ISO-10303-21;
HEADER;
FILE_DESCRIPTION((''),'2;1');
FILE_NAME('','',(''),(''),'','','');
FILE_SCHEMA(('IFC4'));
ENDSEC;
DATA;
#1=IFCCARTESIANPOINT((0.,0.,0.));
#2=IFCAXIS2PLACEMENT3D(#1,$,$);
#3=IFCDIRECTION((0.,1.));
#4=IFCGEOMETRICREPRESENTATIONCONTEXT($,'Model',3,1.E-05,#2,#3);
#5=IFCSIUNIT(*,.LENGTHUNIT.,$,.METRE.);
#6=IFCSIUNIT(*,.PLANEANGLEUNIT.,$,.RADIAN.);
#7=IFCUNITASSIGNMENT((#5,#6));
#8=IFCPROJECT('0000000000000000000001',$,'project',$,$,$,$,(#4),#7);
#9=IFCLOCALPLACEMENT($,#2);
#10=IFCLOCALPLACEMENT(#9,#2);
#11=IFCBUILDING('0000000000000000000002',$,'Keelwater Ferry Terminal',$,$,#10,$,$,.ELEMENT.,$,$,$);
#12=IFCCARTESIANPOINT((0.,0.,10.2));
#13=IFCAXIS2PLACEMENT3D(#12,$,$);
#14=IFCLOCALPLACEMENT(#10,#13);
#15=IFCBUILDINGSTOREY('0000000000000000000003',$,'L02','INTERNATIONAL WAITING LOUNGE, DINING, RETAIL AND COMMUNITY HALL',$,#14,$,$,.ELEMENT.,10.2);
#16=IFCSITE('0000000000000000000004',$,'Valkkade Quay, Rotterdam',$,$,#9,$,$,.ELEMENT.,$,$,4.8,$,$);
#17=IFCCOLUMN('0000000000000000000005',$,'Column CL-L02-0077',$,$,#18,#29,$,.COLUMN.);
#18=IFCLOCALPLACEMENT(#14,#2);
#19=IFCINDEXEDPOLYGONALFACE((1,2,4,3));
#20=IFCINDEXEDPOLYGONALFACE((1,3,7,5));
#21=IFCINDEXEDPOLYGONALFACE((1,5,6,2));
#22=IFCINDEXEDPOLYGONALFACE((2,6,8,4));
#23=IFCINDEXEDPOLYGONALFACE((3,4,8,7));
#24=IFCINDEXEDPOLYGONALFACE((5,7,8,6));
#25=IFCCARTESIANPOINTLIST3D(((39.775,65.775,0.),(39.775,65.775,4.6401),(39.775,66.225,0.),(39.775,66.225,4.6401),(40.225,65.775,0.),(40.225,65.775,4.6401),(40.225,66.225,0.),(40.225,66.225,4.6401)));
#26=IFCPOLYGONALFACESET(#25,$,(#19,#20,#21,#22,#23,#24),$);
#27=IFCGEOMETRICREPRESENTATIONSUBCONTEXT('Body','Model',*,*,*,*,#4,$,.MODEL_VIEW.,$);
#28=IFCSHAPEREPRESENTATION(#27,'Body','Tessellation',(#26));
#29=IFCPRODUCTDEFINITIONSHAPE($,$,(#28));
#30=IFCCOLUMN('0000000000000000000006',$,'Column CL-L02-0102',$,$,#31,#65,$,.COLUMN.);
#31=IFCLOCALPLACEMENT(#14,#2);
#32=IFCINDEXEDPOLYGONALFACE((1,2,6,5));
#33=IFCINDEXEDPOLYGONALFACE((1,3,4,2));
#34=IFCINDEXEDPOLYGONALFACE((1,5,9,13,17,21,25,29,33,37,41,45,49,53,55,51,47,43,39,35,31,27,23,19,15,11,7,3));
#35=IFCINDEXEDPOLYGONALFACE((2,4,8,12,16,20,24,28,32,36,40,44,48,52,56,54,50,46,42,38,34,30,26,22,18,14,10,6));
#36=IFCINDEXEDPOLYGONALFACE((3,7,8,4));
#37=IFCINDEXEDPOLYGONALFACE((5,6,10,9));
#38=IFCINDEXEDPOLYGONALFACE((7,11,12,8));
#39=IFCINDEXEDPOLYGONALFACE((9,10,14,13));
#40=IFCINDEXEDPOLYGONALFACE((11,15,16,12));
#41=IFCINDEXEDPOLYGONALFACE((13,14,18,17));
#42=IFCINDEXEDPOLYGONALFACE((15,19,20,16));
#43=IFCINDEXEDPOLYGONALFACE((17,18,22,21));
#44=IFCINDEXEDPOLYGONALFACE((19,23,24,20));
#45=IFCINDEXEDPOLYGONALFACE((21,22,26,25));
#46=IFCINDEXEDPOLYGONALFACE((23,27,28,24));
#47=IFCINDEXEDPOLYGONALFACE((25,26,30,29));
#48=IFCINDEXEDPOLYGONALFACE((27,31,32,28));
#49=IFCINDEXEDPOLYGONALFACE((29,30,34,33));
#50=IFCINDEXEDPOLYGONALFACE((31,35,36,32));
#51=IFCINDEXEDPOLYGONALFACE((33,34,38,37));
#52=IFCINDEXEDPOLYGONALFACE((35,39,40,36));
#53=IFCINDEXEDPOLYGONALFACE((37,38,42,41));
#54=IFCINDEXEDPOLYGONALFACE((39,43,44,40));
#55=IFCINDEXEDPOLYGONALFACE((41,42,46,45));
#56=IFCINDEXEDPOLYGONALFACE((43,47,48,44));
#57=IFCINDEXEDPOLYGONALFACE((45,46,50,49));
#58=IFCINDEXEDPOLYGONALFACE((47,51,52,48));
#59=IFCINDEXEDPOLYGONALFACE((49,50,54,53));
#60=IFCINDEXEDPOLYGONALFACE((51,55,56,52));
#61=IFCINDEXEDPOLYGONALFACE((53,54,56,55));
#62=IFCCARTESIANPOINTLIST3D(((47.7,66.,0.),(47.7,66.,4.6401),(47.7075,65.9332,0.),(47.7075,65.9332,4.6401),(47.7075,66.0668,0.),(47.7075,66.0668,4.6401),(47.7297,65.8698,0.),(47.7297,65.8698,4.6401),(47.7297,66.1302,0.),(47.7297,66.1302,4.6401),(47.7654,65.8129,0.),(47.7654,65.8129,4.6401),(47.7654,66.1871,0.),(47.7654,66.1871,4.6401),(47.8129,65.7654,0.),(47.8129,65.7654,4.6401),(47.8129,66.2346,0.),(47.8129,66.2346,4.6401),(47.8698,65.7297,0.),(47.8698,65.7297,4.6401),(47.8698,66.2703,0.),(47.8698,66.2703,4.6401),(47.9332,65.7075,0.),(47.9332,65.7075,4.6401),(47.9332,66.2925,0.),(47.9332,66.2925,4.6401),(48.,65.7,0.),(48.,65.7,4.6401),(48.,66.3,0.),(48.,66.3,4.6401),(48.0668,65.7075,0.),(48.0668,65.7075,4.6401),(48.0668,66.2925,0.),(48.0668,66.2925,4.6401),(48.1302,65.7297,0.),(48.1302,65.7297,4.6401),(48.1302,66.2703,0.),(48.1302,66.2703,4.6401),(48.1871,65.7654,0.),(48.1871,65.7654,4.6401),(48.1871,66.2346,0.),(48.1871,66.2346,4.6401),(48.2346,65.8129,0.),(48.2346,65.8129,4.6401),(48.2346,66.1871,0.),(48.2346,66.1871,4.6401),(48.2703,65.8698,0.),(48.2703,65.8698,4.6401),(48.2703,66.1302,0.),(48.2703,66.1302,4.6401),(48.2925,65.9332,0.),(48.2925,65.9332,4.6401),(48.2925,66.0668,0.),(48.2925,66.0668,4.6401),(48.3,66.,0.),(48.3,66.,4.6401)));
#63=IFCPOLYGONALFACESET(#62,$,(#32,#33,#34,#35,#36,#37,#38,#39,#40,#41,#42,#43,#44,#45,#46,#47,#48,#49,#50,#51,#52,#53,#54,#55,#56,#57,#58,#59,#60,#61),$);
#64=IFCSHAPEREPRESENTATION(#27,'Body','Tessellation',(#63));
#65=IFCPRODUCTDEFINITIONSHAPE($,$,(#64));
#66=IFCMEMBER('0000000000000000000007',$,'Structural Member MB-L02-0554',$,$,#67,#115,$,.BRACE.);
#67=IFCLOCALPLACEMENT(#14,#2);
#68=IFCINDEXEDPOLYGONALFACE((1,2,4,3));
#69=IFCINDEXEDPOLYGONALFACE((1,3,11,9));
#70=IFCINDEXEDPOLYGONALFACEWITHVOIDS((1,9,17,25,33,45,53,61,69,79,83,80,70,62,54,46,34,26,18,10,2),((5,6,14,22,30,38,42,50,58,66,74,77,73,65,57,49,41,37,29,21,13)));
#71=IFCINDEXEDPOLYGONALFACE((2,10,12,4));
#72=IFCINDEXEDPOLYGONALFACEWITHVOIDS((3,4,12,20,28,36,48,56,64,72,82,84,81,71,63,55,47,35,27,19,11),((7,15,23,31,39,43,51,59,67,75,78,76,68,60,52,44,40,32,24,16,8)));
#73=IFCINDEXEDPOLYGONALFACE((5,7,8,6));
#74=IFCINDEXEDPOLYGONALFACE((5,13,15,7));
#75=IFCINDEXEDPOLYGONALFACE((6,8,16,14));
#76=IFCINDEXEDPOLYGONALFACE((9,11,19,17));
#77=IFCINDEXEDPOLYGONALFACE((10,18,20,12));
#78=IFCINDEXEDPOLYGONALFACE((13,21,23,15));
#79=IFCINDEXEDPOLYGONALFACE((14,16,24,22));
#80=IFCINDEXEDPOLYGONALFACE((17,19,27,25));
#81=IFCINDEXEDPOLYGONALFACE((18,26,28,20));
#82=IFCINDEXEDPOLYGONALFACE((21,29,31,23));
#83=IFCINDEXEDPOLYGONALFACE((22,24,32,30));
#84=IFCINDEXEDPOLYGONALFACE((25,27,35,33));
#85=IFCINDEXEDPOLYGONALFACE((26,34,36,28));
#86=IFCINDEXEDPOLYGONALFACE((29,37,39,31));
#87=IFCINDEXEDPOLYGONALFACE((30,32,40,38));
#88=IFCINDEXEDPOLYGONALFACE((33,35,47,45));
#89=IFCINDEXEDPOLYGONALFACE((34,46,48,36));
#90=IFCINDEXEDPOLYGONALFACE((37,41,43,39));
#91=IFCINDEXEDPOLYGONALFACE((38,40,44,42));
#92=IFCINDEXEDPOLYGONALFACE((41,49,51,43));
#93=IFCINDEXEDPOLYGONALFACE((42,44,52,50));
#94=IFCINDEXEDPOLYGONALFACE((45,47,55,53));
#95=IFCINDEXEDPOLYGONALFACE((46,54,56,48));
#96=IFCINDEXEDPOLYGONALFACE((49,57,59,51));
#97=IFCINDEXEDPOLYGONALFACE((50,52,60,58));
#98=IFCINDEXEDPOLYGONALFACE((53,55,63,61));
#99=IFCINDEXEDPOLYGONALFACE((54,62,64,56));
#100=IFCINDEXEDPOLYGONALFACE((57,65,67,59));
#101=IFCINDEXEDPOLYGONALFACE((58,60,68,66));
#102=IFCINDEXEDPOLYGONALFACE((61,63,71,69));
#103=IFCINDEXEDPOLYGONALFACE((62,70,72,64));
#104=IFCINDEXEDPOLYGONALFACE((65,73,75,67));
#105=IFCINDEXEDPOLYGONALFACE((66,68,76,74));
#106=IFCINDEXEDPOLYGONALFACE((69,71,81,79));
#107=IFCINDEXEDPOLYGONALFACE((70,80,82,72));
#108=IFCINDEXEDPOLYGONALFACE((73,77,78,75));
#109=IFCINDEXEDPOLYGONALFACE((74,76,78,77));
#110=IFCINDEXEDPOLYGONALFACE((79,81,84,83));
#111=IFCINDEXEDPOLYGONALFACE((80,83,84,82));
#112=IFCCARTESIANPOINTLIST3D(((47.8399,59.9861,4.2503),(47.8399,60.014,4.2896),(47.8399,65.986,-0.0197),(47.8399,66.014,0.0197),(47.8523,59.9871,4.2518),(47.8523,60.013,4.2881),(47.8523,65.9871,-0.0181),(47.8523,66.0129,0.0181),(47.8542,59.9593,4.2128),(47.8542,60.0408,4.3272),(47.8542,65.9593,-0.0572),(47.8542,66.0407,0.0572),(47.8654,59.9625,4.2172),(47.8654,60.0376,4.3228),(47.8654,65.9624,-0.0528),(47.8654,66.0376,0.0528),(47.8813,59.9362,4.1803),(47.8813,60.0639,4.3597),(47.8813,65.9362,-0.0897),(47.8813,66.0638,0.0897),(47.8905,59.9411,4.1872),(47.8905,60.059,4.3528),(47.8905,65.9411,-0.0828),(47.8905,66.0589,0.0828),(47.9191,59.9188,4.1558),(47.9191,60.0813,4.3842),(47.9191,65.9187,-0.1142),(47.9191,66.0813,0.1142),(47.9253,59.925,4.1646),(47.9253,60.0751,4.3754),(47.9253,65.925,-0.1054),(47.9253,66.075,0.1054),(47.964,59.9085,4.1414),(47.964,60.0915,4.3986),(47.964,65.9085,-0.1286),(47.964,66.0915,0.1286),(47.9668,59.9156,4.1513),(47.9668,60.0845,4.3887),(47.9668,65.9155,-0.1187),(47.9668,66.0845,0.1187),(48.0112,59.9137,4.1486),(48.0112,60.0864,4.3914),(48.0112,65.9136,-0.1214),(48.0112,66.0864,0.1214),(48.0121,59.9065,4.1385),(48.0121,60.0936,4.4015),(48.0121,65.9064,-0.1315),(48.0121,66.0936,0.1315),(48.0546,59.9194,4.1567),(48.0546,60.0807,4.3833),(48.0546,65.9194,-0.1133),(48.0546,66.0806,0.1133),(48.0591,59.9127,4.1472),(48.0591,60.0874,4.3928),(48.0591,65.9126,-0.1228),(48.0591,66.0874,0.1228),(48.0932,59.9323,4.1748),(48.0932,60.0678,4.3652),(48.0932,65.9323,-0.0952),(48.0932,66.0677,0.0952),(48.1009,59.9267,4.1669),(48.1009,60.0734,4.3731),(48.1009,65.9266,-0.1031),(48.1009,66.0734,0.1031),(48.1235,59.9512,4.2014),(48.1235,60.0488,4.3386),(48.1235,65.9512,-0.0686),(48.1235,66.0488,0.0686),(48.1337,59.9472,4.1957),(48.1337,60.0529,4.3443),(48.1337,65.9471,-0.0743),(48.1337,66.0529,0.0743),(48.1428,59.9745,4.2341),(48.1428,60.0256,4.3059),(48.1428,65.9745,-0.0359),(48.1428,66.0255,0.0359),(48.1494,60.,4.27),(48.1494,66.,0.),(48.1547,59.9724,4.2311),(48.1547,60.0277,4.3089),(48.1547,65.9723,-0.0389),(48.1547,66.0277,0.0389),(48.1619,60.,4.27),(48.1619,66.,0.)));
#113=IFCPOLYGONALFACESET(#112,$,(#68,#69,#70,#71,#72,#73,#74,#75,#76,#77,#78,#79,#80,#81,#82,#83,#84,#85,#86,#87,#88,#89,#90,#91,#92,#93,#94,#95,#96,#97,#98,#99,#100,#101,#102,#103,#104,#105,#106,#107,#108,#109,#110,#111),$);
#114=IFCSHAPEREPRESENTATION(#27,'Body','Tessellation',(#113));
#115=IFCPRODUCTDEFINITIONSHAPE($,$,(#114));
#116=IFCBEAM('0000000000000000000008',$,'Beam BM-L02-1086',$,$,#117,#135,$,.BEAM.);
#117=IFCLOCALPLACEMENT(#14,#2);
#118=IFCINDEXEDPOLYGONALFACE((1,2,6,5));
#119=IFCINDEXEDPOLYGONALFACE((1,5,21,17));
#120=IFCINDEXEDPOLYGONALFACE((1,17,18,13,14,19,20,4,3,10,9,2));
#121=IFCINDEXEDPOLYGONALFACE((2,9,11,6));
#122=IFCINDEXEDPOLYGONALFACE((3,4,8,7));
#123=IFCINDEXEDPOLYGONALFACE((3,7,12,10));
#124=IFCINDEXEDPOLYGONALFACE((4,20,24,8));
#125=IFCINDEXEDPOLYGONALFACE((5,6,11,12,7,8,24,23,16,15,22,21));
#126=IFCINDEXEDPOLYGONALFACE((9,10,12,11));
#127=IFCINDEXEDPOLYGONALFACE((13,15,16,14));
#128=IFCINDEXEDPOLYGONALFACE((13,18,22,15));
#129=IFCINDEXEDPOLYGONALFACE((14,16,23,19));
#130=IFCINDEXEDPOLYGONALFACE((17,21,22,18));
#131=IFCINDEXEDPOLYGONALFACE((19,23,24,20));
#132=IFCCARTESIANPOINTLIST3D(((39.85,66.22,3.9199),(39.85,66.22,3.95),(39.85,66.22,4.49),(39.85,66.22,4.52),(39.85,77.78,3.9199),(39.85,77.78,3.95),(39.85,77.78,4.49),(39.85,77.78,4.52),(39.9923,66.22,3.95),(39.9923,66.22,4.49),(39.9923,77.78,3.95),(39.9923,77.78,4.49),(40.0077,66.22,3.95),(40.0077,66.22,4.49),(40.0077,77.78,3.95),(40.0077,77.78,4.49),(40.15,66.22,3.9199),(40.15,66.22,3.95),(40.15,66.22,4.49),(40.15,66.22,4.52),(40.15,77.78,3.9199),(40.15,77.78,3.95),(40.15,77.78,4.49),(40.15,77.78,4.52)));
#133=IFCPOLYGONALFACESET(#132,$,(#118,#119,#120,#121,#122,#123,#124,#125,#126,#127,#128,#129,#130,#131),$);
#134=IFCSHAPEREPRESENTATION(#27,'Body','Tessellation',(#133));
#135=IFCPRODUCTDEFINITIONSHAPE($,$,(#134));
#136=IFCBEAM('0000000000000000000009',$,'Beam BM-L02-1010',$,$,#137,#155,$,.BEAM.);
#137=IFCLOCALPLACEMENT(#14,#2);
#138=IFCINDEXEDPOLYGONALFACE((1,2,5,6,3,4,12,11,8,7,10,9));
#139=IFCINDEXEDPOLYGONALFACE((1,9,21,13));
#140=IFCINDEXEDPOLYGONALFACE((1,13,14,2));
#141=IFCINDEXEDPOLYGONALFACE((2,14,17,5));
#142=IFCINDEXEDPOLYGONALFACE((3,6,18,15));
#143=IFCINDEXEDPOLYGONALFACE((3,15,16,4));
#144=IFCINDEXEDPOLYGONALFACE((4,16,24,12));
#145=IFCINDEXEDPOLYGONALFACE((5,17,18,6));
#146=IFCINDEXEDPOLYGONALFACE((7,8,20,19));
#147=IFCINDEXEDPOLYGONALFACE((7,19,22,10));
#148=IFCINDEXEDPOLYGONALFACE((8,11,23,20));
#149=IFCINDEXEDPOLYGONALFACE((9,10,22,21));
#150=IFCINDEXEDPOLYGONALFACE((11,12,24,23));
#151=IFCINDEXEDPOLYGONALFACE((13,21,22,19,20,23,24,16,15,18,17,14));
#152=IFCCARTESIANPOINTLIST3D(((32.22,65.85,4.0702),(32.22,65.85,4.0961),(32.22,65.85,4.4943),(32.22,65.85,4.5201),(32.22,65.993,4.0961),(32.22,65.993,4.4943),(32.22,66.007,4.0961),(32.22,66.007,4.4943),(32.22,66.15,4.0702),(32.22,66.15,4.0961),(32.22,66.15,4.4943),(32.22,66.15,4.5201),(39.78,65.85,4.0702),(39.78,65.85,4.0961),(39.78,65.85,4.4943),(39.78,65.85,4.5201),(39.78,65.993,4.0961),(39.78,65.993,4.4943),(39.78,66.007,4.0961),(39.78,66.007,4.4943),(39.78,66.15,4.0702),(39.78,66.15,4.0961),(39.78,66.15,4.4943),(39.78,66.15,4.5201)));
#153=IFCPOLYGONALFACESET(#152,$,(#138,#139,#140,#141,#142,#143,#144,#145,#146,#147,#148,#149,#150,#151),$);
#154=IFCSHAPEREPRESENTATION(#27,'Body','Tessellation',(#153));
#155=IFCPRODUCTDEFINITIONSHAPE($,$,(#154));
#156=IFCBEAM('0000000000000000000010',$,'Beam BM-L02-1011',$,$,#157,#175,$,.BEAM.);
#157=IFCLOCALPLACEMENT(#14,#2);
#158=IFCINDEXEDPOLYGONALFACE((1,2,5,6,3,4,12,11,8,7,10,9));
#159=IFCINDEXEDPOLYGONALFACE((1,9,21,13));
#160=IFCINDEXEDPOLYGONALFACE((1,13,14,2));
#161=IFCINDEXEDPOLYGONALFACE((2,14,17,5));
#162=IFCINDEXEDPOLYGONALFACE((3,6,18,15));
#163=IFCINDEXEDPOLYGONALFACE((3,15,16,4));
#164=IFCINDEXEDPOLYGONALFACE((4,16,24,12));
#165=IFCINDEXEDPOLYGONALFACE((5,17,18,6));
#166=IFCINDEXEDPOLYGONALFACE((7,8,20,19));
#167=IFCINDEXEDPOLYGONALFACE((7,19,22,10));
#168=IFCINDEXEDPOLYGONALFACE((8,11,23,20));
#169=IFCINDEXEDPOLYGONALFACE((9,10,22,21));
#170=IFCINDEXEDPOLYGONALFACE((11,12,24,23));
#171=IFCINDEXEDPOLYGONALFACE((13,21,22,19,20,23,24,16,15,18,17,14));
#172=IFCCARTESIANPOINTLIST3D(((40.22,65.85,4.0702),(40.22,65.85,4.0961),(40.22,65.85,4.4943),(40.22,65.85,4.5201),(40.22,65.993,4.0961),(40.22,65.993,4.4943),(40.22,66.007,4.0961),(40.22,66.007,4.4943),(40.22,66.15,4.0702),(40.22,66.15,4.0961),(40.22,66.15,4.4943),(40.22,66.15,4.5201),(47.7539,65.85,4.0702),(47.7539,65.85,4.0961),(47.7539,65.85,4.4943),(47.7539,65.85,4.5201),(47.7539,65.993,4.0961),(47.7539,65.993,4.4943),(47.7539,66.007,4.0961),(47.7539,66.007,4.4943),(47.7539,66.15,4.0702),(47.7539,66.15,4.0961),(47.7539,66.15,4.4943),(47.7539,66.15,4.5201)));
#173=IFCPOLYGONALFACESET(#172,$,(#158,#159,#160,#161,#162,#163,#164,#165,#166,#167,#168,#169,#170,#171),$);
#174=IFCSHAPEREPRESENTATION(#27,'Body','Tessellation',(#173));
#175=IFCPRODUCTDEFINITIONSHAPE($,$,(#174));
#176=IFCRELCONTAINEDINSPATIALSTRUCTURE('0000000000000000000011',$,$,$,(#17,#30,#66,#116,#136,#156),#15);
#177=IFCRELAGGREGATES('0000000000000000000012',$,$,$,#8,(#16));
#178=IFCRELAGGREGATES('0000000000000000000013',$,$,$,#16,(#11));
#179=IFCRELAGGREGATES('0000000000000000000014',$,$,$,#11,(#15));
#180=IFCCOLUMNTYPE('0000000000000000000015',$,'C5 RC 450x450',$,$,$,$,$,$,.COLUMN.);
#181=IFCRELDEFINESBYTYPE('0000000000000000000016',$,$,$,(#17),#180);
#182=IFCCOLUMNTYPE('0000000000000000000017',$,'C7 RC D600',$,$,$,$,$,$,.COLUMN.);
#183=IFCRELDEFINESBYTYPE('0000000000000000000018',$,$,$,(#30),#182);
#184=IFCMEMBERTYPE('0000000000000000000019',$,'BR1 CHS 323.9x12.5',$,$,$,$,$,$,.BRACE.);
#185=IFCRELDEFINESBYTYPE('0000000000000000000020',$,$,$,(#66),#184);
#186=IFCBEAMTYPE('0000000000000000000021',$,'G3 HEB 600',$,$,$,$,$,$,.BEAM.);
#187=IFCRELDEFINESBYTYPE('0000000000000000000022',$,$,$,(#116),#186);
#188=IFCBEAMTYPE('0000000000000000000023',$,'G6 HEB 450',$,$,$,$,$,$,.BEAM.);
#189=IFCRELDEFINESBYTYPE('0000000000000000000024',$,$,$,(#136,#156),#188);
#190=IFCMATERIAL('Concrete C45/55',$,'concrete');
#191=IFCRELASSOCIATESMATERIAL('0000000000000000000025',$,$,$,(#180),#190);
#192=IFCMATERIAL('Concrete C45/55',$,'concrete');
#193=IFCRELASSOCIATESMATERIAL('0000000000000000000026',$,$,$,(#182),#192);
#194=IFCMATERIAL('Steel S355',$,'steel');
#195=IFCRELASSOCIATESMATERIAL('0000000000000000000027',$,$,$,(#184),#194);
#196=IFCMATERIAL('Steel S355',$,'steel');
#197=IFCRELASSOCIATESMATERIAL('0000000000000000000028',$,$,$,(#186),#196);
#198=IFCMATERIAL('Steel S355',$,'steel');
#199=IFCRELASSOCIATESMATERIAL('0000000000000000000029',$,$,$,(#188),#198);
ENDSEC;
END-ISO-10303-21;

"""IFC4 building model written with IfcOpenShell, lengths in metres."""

from ifc_helpers import new_model, si_unit, direction, frame, origin, origin_2d, place, context, subcontext, project, spatial, rectangle, circle, hollow_circle, i_section, extrude, material, material_profile, profile_set, type_object, element, save


model = new_model("IFC4")

# Units and contexts
model_context = context("Model", 3, precision=1e-05, world=origin(), true_north=direction((0.0, 1.0)))
body_context = subcontext(model_context, "Body", "Model", "MODEL_VIEW")
ifc_project = project(units=[si_unit("LENGTHUNIT", "METRE"), si_unit("PLANEANGLEUNIT", "RADIAN")], contexts=[model_context])

# Site, building, storey
site_placement = place(None, origin())
site = spatial("IfcSite", under=ifc_project, at=site_placement, Name="Valkkade Quay, Rotterdam", CompositionType="ELEMENT", RefElevation=4.8)
building_placement = place(site_placement, origin())
building = spatial("IfcBuilding", under=site, at=building_placement, Name="Keelwater Ferry Terminal", CompositionType="ELEMENT")
storey_placement = place(building_placement, frame((0.0, 0.0, 10.2)))
storey = spatial("IfcBuildingStorey", under=building, at=storey_placement, Name="L02", Description="INTERNATIONAL WAITING LOUNGE, DINING, RETAIL AND COMMUNITY HALL", CompositionType="ELEMENT", Elevation=10.2)

# Columns
ifc_material_1 = material(Name="Concrete C45/55", Category="concrete")
ifc_material_profile_1 = material_profile(ifc_material_1, rectangle(XDim=0.45, YDim=0.45, at=origin_2d()), Name="RC 450x450")
ifc_profile_set_1 = profile_set([ifc_material_profile_1], Name="Concrete C45/55")
column_type_1 = type_object("IfcColumnType", Name="C5 RC 450x450", PredefinedType="COLUMN", material=ifc_profile_set_1)
column_1_placement = place(storey_placement, frame((40.0, 66.0, 0.0), z_axis=(0.0, 0.0, 1.0), x_axis=(1.0, 0.0, 0.0)))
element("IfcColumn", 1, at=column_1_placement, inside=storey, type_object=column_type_1, Name="Column CL-L02-0077", PredefinedType="COLUMN", context=body_context, shape_type="SweptSolid", body=[
    extrude(rectangle(XDim=0.45, YDim=0.45, at=origin_2d()), origin(), (0.0, 0.0, 1.0), 4.6401),
])
ifc_material_2 = material(Name="Concrete C45/55", Category="concrete")
ifc_material_profile_2 = material_profile(ifc_material_2, circle(Radius=0.3, at=origin_2d()), Name="RC D600")
ifc_profile_set_2 = profile_set([ifc_material_profile_2], Name="Concrete C45/55")
column_type_2 = type_object("IfcColumnType", Name="C7 RC D600", PredefinedType="COLUMN", material=ifc_profile_set_2)
column_2_placement = place(storey_placement, frame((48.0, 66.0, 0.0), z_axis=(0.0, 0.0, 1.0), x_axis=(1.0, 0.0, 0.0)))
element("IfcColumn", 2, at=column_2_placement, inside=storey, type_object=column_type_2, Name="Column CL-L02-0102", PredefinedType="COLUMN", context=body_context, shape_type="SweptSolid", body=[
    extrude(circle(Radius=0.3, at=origin_2d()), origin(), (0.0, 0.0, 1.0), 4.6401),
])

# Member
ifc_material_3 = material(Name="Steel S355", Category="steel")
ifc_material_profile_3 = material_profile(ifc_material_3, hollow_circle(Radius=0.1619, WallThickness=0.0125, at=origin_2d()), Name="CHS 323.9x12.5")
ifc_profile_set_3 = profile_set([ifc_material_profile_3], Name="Steel S355")
member_type = type_object("IfcMemberType", Name="BR1 CHS 323.9x12.5", PredefinedType="BRACE", material=ifc_profile_set_3)
member_placement = place(storey_placement, frame((48.0, 66.0, 0.0), z_axis=(0.0, -0.81474, 0.579826), x_axis=(1.0, 0.0, 0.0)))
element("IfcMember", 3, at=member_placement, inside=storey, type_object=member_type, Name="Structural Member MB-L02-0554", PredefinedType="BRACE", context=body_context, shape_type="SweptSolid", body=[
    extrude(hollow_circle(Radius=0.1619, WallThickness=0.0125, at=origin_2d()), origin(), (0.0, 0.0, 1.0), 7.3643),
])

# Beams
ifc_material_4 = material(Name="Steel S355", Category="steel")
ifc_material_profile_4 = material_profile(ifc_material_4, i_section(OverallWidth=0.3, OverallDepth=0.6001, WebThickness=0.0154, FlangeThickness=0.03, at=origin_2d()), Name="HEB 600")
ifc_profile_set_4 = profile_set([ifc_material_profile_4], Name="Steel S355")
beam_type_1 = type_object("IfcBeamType", Name="G3 HEB 600", PredefinedType="BEAM", material=ifc_profile_set_4)
beam_1_placement = place(storey_placement, frame((40.0, 66.22, 4.22), z_axis=(0.0, 1.0, 0.0), x_axis=(-1.0, 0.0, 0.0)))
element("IfcBeam", 4, at=beam_1_placement, inside=storey, type_object=beam_type_1, Name="Beam BM-L02-1086", PredefinedType="BEAM", context=body_context, shape_type="SweptSolid", body=[
    extrude(i_section(OverallWidth=0.3, OverallDepth=0.6001, WebThickness=0.0154, FlangeThickness=0.03, at=origin_2d()), origin(), (0.0, 0.0, 1.0), 11.5601),
])
ifc_material_5 = material(Name="Steel S355", Category="steel")
ifc_material_profile_5 = material_profile(ifc_material_5, i_section(OverallWidth=0.3, OverallDepth=0.45, WebThickness=0.0139, FlangeThickness=0.0259, at=origin_2d()), Name="HEB 450")
ifc_profile_set_5 = profile_set([ifc_material_profile_5], Name="Steel S355")
beam_type_2 = type_object("IfcBeamType", Name="G6 HEB 450", PredefinedType="BEAM", material=ifc_profile_set_5)
beam_2_placement = place(storey_placement, frame((32.22, 66.0, 4.2952), z_axis=(1.0, 0.0, 0.0), x_axis=(0.0, 1.0, 0.0)))
element("IfcBeam", 5, at=beam_2_placement, inside=storey, type_object=beam_type_2, Name="Beam BM-L02-1010", PredefinedType="BEAM", context=body_context, shape_type="SweptSolid", body=[
    extrude(i_section(OverallWidth=0.3, OverallDepth=0.45, WebThickness=0.0139, FlangeThickness=0.0259, at=origin_2d()), origin(), (0.0, 0.0, 1.0), 7.5601),
])
beam_3_placement = place(storey_placement, frame((40.22, 66.0, 4.2952), z_axis=(1.0, 0.0, 0.0), x_axis=(0.0, 1.0, 0.0)))
element("IfcBeam", 6, at=beam_3_placement, inside=storey, type_object=beam_type_2, Name="Beam BM-L02-1011", PredefinedType="BEAM", context=body_context, shape_type="SweptSolid", body=[
    extrude(i_section(OverallWidth=0.3, OverallDepth=0.45, WebThickness=0.0139, FlangeThickness=0.0259, at=origin_2d()), origin(), (0.0, 0.0, 1.0), 7.5339),
])

save(model, "model.ifc")
